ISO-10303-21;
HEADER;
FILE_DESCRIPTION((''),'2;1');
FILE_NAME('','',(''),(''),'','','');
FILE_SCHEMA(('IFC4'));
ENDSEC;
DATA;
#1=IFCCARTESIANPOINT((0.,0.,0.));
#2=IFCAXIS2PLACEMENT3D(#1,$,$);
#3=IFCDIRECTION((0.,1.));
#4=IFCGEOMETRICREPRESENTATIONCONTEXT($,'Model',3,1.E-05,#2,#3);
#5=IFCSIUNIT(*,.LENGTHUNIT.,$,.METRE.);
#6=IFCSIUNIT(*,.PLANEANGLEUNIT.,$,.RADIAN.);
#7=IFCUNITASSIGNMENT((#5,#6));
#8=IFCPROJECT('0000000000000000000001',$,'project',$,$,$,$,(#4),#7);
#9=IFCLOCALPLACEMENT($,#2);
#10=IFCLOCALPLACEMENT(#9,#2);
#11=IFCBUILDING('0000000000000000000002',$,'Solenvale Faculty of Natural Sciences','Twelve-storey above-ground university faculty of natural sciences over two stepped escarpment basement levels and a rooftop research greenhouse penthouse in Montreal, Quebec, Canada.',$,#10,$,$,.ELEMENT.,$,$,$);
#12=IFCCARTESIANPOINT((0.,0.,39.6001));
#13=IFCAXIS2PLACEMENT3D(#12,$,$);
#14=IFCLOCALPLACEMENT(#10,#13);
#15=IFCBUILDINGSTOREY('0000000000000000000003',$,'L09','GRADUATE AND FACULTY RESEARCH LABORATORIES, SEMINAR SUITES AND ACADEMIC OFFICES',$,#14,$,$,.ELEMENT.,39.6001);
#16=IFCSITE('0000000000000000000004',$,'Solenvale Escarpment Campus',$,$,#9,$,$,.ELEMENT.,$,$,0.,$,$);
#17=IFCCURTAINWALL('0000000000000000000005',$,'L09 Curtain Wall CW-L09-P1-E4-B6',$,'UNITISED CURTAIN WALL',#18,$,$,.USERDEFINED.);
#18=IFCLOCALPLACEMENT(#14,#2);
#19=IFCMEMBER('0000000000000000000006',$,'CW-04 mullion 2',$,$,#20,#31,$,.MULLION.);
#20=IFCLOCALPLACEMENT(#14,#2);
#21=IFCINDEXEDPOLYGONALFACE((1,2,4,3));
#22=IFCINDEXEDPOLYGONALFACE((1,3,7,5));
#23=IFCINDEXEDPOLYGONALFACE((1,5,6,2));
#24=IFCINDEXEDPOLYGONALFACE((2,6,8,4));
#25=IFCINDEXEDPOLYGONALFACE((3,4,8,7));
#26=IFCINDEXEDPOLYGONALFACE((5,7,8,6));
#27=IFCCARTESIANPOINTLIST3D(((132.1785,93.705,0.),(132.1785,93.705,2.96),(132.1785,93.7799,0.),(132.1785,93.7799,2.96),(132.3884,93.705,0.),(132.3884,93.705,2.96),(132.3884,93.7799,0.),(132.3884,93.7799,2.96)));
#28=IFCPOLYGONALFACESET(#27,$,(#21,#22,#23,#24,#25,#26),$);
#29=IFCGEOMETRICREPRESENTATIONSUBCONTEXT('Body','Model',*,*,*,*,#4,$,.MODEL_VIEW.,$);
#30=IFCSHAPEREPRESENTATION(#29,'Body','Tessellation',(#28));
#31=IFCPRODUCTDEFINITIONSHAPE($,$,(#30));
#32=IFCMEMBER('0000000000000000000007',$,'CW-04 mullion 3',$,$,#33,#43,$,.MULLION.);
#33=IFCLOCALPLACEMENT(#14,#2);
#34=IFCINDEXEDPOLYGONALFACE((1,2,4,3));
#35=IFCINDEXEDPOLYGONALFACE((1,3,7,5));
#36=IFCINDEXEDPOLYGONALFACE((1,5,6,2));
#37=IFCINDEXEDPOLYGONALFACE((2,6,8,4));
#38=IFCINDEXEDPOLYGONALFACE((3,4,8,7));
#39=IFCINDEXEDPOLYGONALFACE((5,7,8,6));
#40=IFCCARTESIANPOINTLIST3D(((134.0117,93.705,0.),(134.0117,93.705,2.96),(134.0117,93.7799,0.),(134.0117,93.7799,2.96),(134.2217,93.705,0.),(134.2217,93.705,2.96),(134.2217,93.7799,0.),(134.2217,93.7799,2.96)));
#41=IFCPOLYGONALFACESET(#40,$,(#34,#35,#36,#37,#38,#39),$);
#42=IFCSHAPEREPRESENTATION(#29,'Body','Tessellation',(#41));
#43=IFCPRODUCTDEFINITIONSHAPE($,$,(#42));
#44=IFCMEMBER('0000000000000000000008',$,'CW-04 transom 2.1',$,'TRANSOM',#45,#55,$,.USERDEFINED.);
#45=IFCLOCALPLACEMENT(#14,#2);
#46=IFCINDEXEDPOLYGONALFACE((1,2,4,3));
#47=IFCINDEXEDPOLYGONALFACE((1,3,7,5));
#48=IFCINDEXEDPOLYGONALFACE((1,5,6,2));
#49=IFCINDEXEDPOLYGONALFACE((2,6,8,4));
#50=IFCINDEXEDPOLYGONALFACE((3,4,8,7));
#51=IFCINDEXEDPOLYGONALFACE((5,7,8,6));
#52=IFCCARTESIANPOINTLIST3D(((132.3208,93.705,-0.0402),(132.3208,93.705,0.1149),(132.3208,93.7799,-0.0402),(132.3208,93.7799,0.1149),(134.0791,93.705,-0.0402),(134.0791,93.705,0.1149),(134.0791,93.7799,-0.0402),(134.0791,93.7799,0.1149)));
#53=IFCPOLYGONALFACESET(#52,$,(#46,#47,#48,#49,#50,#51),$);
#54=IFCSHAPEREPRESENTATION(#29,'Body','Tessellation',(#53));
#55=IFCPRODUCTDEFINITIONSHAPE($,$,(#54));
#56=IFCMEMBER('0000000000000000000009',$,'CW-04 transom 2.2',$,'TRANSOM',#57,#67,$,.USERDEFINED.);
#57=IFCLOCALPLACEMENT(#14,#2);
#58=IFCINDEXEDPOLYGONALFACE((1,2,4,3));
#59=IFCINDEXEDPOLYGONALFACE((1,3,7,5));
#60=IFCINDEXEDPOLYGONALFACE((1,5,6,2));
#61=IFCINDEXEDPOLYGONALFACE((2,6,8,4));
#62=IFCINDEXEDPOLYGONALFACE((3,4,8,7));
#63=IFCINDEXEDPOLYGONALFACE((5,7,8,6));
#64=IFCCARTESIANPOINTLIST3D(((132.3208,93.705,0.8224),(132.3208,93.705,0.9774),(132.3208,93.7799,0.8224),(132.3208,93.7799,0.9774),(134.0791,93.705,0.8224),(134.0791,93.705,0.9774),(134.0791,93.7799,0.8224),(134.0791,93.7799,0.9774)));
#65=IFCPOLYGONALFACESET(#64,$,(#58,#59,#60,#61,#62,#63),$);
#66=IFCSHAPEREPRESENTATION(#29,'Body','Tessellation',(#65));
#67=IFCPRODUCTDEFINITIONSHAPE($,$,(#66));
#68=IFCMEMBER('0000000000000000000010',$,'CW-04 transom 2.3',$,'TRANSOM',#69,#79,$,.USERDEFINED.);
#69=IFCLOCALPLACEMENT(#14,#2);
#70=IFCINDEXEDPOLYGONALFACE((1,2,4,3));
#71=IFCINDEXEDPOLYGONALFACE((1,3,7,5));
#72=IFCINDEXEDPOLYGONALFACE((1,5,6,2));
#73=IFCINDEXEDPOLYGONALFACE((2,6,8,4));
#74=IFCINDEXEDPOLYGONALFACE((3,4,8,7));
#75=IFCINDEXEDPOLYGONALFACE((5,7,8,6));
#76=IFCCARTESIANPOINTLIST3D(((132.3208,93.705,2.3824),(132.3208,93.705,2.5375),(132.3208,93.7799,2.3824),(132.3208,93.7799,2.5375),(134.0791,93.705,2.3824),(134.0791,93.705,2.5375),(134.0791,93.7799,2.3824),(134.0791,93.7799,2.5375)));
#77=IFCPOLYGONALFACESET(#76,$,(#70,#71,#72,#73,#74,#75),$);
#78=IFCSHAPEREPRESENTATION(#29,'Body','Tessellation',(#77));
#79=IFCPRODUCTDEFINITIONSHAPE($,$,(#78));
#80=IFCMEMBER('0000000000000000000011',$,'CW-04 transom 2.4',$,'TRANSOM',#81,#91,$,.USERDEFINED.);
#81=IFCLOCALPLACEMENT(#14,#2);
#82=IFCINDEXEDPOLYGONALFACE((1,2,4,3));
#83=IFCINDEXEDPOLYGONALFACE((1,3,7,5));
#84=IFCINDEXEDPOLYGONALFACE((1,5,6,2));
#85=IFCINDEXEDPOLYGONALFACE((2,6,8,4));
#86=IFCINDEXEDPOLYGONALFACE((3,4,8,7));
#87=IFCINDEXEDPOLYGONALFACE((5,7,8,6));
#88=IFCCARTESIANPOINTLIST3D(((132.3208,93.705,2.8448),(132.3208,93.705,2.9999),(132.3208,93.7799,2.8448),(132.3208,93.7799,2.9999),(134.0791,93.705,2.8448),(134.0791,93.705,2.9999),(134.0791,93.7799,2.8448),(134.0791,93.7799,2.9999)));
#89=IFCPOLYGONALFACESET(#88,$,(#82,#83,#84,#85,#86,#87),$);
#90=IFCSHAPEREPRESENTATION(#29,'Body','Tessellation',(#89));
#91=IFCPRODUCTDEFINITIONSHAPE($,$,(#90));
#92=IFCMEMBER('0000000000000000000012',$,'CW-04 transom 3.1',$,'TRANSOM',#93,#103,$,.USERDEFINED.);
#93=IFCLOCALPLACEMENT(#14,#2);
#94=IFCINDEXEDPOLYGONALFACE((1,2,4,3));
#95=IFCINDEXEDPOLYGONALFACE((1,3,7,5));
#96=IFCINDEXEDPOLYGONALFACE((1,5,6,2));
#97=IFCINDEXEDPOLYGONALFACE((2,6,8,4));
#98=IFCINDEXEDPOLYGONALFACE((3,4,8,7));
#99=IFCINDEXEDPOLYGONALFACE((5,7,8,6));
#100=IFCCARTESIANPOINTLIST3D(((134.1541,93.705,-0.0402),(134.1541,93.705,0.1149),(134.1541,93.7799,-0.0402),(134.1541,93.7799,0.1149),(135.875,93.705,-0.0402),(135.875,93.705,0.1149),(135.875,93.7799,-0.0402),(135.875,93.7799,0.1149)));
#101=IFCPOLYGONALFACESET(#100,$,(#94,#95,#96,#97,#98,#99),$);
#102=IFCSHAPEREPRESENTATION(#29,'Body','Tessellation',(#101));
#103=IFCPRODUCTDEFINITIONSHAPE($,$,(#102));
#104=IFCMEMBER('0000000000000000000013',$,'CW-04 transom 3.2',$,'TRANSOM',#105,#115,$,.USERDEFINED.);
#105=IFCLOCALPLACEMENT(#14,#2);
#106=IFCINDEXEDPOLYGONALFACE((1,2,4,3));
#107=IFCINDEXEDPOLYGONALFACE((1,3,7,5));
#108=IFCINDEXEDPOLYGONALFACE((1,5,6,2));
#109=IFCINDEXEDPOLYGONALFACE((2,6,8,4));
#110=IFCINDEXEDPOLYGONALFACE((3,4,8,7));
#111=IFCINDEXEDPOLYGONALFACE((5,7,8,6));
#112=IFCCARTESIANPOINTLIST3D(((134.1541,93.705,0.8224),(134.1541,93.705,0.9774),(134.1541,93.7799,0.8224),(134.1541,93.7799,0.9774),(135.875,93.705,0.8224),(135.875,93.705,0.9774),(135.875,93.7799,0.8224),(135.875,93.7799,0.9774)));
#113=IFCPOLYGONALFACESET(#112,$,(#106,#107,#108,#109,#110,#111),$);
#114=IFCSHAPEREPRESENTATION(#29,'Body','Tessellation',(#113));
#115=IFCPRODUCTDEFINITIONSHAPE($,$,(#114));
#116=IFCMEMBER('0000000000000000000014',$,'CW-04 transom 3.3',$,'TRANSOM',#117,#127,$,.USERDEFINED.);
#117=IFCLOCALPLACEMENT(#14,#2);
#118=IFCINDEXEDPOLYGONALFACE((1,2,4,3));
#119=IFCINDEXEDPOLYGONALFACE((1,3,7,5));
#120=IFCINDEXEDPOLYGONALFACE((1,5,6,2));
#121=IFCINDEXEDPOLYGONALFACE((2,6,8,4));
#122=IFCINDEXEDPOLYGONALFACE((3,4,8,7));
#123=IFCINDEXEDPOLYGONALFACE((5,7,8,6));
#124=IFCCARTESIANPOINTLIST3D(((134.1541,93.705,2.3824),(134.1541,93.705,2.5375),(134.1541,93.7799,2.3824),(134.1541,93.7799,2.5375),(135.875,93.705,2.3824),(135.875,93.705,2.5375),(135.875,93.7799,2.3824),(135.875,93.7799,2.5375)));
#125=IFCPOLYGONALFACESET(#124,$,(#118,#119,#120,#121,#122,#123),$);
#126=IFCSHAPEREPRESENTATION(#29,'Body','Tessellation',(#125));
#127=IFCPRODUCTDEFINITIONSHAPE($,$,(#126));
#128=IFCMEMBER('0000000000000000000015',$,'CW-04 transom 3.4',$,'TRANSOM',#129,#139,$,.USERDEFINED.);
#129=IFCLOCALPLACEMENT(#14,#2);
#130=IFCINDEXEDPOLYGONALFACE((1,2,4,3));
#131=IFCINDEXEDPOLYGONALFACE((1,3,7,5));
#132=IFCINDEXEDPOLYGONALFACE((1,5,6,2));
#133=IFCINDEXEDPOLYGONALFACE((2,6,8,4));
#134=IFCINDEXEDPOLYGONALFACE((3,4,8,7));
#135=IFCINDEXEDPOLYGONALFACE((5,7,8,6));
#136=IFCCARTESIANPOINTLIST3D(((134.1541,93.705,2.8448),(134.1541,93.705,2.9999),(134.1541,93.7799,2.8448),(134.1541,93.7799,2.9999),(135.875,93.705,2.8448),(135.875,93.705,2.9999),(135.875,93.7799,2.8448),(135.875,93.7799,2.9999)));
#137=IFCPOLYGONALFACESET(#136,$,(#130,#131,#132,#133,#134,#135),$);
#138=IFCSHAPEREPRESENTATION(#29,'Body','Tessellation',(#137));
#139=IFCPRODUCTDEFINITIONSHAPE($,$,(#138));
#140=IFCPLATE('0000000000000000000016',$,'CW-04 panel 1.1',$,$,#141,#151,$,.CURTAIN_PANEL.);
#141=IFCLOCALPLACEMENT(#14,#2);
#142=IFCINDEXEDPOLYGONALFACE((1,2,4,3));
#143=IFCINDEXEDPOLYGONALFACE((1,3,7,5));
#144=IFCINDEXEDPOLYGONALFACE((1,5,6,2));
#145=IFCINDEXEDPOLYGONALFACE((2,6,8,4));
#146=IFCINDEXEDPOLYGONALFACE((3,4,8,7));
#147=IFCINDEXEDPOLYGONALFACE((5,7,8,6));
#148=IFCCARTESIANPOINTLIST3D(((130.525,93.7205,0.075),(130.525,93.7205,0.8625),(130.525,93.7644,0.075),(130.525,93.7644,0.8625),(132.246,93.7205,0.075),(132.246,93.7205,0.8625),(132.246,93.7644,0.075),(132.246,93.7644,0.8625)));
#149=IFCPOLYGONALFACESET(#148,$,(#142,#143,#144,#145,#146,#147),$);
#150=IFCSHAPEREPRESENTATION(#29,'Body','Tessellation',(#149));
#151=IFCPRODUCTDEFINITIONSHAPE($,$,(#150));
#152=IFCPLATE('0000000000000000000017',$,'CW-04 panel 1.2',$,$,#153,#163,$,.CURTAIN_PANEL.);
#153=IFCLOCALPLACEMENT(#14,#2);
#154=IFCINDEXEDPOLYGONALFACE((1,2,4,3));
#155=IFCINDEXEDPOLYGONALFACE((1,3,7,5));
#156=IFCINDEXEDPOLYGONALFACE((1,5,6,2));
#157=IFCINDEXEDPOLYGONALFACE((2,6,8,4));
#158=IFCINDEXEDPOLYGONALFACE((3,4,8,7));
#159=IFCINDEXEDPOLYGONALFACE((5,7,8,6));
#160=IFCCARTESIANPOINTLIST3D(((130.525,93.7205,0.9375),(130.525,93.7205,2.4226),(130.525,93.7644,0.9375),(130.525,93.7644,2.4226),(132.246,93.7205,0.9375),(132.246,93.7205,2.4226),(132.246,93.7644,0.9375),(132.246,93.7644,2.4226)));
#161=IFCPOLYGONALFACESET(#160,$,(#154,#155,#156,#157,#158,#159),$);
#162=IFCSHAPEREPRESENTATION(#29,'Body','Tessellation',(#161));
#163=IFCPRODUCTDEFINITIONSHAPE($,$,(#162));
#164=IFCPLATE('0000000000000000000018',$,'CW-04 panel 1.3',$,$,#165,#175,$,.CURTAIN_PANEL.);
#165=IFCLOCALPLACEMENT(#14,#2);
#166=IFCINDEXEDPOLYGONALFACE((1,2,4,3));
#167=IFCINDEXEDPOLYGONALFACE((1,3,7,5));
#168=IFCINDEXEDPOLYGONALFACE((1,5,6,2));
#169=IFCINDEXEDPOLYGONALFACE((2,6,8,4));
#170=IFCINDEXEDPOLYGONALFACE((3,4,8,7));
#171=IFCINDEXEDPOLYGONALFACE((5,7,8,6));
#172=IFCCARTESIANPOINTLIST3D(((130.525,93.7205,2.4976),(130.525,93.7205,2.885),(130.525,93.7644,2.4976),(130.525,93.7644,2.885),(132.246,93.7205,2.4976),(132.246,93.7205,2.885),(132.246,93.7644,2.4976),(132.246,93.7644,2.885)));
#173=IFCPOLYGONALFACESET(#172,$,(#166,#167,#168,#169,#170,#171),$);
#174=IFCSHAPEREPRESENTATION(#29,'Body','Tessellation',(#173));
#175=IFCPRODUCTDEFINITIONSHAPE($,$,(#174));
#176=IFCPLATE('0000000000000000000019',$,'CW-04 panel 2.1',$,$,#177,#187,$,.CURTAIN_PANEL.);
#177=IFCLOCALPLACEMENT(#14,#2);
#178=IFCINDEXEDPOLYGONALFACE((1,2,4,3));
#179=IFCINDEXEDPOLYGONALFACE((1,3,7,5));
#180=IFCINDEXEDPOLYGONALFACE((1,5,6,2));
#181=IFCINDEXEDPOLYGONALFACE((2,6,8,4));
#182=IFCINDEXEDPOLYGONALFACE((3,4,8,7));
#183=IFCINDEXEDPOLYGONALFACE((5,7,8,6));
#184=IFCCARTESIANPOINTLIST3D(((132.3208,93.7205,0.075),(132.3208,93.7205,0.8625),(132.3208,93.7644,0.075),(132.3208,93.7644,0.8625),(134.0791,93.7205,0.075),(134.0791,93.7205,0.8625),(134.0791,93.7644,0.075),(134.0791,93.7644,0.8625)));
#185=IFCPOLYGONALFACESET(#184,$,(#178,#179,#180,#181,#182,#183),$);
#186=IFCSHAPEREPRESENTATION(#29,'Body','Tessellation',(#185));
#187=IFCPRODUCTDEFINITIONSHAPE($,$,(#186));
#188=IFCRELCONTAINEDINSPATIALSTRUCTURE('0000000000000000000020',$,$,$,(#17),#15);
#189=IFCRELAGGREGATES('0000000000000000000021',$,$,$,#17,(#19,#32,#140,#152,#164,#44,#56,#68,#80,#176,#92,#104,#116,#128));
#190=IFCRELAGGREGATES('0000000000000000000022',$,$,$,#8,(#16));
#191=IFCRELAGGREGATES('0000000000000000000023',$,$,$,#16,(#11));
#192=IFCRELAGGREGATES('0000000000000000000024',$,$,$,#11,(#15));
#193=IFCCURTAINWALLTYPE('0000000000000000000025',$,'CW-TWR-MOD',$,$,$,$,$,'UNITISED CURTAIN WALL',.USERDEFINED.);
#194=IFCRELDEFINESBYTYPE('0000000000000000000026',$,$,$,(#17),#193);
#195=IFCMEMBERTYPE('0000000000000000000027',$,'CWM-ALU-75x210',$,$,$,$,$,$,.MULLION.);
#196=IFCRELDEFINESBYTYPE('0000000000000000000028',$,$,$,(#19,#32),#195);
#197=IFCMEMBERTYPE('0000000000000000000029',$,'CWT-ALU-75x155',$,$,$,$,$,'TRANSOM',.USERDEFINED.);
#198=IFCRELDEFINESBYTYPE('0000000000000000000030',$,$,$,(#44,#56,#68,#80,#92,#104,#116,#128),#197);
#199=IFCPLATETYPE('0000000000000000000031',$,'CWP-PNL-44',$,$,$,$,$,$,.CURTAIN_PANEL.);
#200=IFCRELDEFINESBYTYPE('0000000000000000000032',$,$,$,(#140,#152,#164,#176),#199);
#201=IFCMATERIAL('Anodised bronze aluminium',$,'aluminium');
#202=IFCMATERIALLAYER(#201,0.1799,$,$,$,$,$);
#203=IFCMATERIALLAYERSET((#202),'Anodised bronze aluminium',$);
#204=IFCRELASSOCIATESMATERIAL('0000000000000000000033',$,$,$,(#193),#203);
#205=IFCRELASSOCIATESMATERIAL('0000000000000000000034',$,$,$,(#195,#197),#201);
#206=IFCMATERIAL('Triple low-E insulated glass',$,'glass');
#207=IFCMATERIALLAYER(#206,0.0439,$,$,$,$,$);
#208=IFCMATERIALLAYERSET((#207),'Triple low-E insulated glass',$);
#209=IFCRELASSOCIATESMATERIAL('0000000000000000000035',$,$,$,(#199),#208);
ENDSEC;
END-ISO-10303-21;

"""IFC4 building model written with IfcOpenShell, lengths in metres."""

from ifc_helpers import new_model, si_unit, direction, frame, origin, origin_2d, place, context, subcontext, project, spatial, rectangle, extrude, material, layer, layer_set, material_profile, profile_set, type_object, element, aggregate, save


model = new_model("IFC4")

# Units and contexts
model_context = context("Model", 3, precision=1e-05, world=origin(), true_north=direction((0.0, 1.0)))
body_context = subcontext(model_context, "Body", "Model", "MODEL_VIEW")
ifc_project = project(units=[si_unit("LENGTHUNIT", "METRE"), si_unit("PLANEANGLEUNIT", "RADIAN")], contexts=[model_context])

# Site, building, storey
site_placement = place(None, origin())
site = spatial("IfcSite", under=ifc_project, at=site_placement, Name="Solenvale Escarpment Campus", CompositionType="ELEMENT", RefElevation=0.0)
building_placement = place(site_placement, origin())
building = spatial("IfcBuilding", under=site, at=building_placement, Name="Solenvale Faculty of Natural Sciences", Description="Twelve-storey above-ground university faculty of natural sciences over two stepped escarpment basement levels and a rooftop research greenhouse penthouse in Montreal, Quebec, Canada.", CompositionType="ELEMENT")
storey_placement = place(building_placement, frame((0.0, 0.0, 39.6001)))
storey = spatial("IfcBuildingStorey", under=building, at=storey_placement, Name="L09", Description="GRADUATE AND FACULTY RESEARCH LABORATORIES, SEMINAR SUITES AND ACADEMIC OFFICES", CompositionType="ELEMENT", Elevation=39.6001)

# Curtain wall, members, plates
ifc_material_1 = material(Name="Anodised bronze aluminium", Category="aluminium")
ifc_layer_1 = layer(ifc_material_1, 0.1799)
ifc_layer_set_1 = layer_set([ifc_layer_1], Name="Anodised bronze aluminium")
curtain_wall_type = type_object("IfcCurtainWallType", Name="CW-TWR-MOD", ElementType="UNITISED CURTAIN WALL", PredefinedType="USERDEFINED", material=ifc_layer_set_1)
curtain_wall_placement = place(storey_placement, origin())
curtain_wall = element("IfcCurtainWall", 1, at=curtain_wall_placement, inside=storey, type_object=curtain_wall_type, Name="L09 Curtain Wall CW-L09-P1-E4-B6", ObjectType="UNITISED CURTAIN WALL", PredefinedType="USERDEFINED")
ifc_material_profile_1 = material_profile(ifc_material_1, rectangle(XDim=0.075, YDim=0.21, at=origin_2d()), Name="ALU-MUL-75x210")
ifc_profile_set_1 = profile_set([ifc_material_profile_1], Name="Anodised bronze aluminium")
member_type_1 = type_object("IfcMemberType", Name="CWM-ALU-75x210", PredefinedType="MULLION", material=ifc_profile_set_1)
member_1_placement = place(storey_placement, frame((132.2834, 93.7424, 0.0), z_axis=(0.0, 0.0, 1.0), x_axis=(0.0, 1.0, 0.0)))
member_1 = element("IfcMember", 2, at=member_1_placement, type_object=member_type_1, Name="CW-04 mullion 2", PredefinedType="MULLION", context=body_context, shape_type="SweptSolid", body=[
    extrude(rectangle(XDim=0.075, YDim=0.21, at=origin_2d()), origin(), (0.0, 0.0, 1.0), 2.96),
])
member_2_placement = place(storey_placement, frame((134.1167, 93.7424, 0.0), z_axis=(0.0, 0.0, 1.0), x_axis=(0.0, 1.0, 0.0)))
member_2 = element("IfcMember", 3, at=member_2_placement, type_object=member_type_1, Name="CW-04 mullion 3", PredefinedType="MULLION", context=body_context, shape_type="SweptSolid", body=[
    extrude(rectangle(XDim=0.075, YDim=0.21, at=origin_2d()), origin(), (0.0, 0.0, 1.0), 2.96),
])
ifc_material_profile_2 = material_profile(ifc_material_1, rectangle(XDim=0.075, YDim=0.155, at=origin_2d()), Name="ALU-TRN-75x155")
ifc_profile_set_2 = profile_set([ifc_material_profile_2], Name="Anodised bronze aluminium")
member_type_2 = type_object("IfcMemberType", Name="CWT-ALU-75x155", ElementType="TRANSOM", PredefinedType="USERDEFINED", material=ifc_profile_set_2)
member_3_placement = place(storey_placement, frame((132.3208, 93.7424, 0.0374), z_axis=(1.0, 0.0, 0.0), x_axis=(0.0, 1.0, 0.0)))
member_3 = element("IfcMember", 4, at=member_3_placement, type_object=member_type_2, Name="CW-04 transom 2.1", ObjectType="TRANSOM", PredefinedType="USERDEFINED", context=body_context, shape_type="SweptSolid", body=[
    extrude(rectangle(XDim=0.075, YDim=0.155, at=origin_2d()), origin(), (0.0, 0.0, 1.0), 1.7583),
])
member_4_placement = place(storey_placement, frame((132.3208, 93.7424, 0.8999), z_axis=(1.0, 0.0, 0.0), x_axis=(0.0, 1.0, 0.0)))
member_4 = element("IfcMember", 5, at=member_4_placement, type_object=member_type_2, Name="CW-04 transom 2.2", ObjectType="TRANSOM", PredefinedType="USERDEFINED", context=body_context, shape_type="SweptSolid", body=[
    extrude(rectangle(XDim=0.075, YDim=0.155, at=origin_2d()), origin(), (0.0, 0.0, 1.0), 1.7583),
])
member_5_placement = place(storey_placement, frame((132.3208, 93.7424, 2.46), z_axis=(1.0, 0.0, 0.0), x_axis=(0.0, 1.0, 0.0)))
member_5 = element("IfcMember", 6, at=member_5_placement, type_object=member_type_2, Name="CW-04 transom 2.3", ObjectType="TRANSOM", PredefinedType="USERDEFINED", context=body_context, shape_type="SweptSolid", body=[
    extrude(rectangle(XDim=0.075, YDim=0.155, at=origin_2d()), origin(), (0.0, 0.0, 1.0), 1.7583),
])
member_6_placement = place(storey_placement, frame((132.3208, 93.7424, 2.9224), z_axis=(1.0, 0.0, 0.0), x_axis=(0.0, 1.0, 0.0)))
member_6 = element("IfcMember", 7, at=member_6_placement, type_object=member_type_2, Name="CW-04 transom 2.4", ObjectType="TRANSOM", PredefinedType="USERDEFINED", context=body_context, shape_type="SweptSolid", body=[
    extrude(rectangle(XDim=0.075, YDim=0.155, at=origin_2d()), origin(), (0.0, 0.0, 1.0), 1.7583),
])
member_7_placement = place(storey_placement, frame((134.1541, 93.7424, 0.0374), z_axis=(1.0, 0.0, 0.0), x_axis=(0.0, 1.0, 0.0)))
member_7 = element("IfcMember", 8, at=member_7_placement, type_object=member_type_2, Name="CW-04 transom 3.1", ObjectType="TRANSOM", PredefinedType="USERDEFINED", context=body_context, shape_type="SweptSolid", body=[
    extrude(rectangle(XDim=0.075, YDim=0.155, at=origin_2d()), origin(), (0.0, 0.0, 1.0), 1.7209),
])
member_8_placement = place(storey_placement, frame((134.1541, 93.7424, 0.8999), z_axis=(1.0, 0.0, 0.0), x_axis=(0.0, 1.0, 0.0)))
member_8 = element("IfcMember", 9, at=member_8_placement, type_object=member_type_2, Name="CW-04 transom 3.2", ObjectType="TRANSOM", PredefinedType="USERDEFINED", context=body_context, shape_type="SweptSolid", body=[
    extrude(rectangle(XDim=0.075, YDim=0.155, at=origin_2d()), origin(), (0.0, 0.0, 1.0), 1.7209),
])
member_9_placement = place(storey_placement, frame((134.1541, 93.7424, 2.46), z_axis=(1.0, 0.0, 0.0), x_axis=(0.0, 1.0, 0.0)))
member_9 = element("IfcMember", 10, at=member_9_placement, type_object=member_type_2, Name="CW-04 transom 3.3", ObjectType="TRANSOM", PredefinedType="USERDEFINED", context=body_context, shape_type="SweptSolid", body=[
    extrude(rectangle(XDim=0.075, YDim=0.155, at=origin_2d()), origin(), (0.0, 0.0, 1.0), 1.7209),
])
member_10_placement = place(storey_placement, frame((134.1541, 93.7424, 2.9224), z_axis=(1.0, 0.0, 0.0), x_axis=(0.0, 1.0, 0.0)))
member_10 = element("IfcMember", 11, at=member_10_placement, type_object=member_type_2, Name="CW-04 transom 3.4", ObjectType="TRANSOM", PredefinedType="USERDEFINED", context=body_context, shape_type="SweptSolid", body=[
    extrude(rectangle(XDim=0.075, YDim=0.155, at=origin_2d()), origin(), (0.0, 0.0, 1.0), 1.7209),
])
ifc_material_2 = material(Name="Triple low-E insulated glass", Category="glass")
ifc_layer_2 = layer(ifc_material_2, 0.0439)
ifc_layer_set_2 = layer_set([ifc_layer_2], Name="Triple low-E insulated glass")
plate_type = type_object("IfcPlateType", Name="CWP-PNL-44", PredefinedType="CURTAIN_PANEL", material=ifc_layer_set_2)
plate_1_placement = place(storey_placement, frame((131.3855, 93.7424, 0.075), z_axis=(0.0, 0.0, 1.0), x_axis=(1.0, 0.0, 0.0)))
plate_1 = element("IfcPlate", 12, at=plate_1_placement, type_object=plate_type, Name="CW-04 panel 1.1", PredefinedType="CURTAIN_PANEL", context=body_context, shape_type="SweptSolid", body=[
    extrude(rectangle(XDim=1.7209, YDim=0.0439, at=origin_2d()), origin(), (0.0, 0.0, 1.0), 0.7876),
])
plate_2_placement = place(storey_placement, frame((131.3855, 93.7424, 0.9375), z_axis=(0.0, 0.0, 1.0), x_axis=(1.0, 0.0, 0.0)))
plate_2 = element("IfcPlate", 13, at=plate_2_placement, type_object=plate_type, Name="CW-04 panel 1.2", PredefinedType="CURTAIN_PANEL", context=body_context, shape_type="SweptSolid", body=[
    extrude(rectangle(XDim=1.7209, YDim=0.0439, at=origin_2d()), origin(), (0.0, 0.0, 1.0), 1.4851),
])
plate_3_placement = place(storey_placement, frame((131.3855, 93.7424, 2.4976), z_axis=(0.0, 0.0, 1.0), x_axis=(1.0, 0.0, 0.0)))
plate_3 = element("IfcPlate", 14, at=plate_3_placement, type_object=plate_type, Name="CW-04 panel 1.3", PredefinedType="CURTAIN_PANEL", context=body_context, shape_type="SweptSolid", body=[
    extrude(rectangle(XDim=1.7209, YDim=0.0439, at=origin_2d()), origin(), (0.0, 0.0, 1.0), 0.3875),
])
plate_4_placement = place(storey_placement, frame((133.2, 93.7424, 0.075), z_axis=(0.0, 0.0, 1.0), x_axis=(1.0, 0.0, 0.0)))
plate_4 = element("IfcPlate", 15, at=plate_4_placement, type_object=plate_type, Name="CW-04 panel 2.1", PredefinedType="CURTAIN_PANEL", context=body_context, shape_type="SweptSolid", body=[
    extrude(rectangle(XDim=1.7583, YDim=0.0439, at=origin_2d()), origin(), (0.0, 0.0, 1.0), 0.7876),
])
aggregate(curtain_wall, [member_1, member_2, plate_1, plate_2, plate_3, member_3, member_4, member_5, member_6, plate_4, member_7, member_8, member_9, member_10])

save(model, "model.ifc")
